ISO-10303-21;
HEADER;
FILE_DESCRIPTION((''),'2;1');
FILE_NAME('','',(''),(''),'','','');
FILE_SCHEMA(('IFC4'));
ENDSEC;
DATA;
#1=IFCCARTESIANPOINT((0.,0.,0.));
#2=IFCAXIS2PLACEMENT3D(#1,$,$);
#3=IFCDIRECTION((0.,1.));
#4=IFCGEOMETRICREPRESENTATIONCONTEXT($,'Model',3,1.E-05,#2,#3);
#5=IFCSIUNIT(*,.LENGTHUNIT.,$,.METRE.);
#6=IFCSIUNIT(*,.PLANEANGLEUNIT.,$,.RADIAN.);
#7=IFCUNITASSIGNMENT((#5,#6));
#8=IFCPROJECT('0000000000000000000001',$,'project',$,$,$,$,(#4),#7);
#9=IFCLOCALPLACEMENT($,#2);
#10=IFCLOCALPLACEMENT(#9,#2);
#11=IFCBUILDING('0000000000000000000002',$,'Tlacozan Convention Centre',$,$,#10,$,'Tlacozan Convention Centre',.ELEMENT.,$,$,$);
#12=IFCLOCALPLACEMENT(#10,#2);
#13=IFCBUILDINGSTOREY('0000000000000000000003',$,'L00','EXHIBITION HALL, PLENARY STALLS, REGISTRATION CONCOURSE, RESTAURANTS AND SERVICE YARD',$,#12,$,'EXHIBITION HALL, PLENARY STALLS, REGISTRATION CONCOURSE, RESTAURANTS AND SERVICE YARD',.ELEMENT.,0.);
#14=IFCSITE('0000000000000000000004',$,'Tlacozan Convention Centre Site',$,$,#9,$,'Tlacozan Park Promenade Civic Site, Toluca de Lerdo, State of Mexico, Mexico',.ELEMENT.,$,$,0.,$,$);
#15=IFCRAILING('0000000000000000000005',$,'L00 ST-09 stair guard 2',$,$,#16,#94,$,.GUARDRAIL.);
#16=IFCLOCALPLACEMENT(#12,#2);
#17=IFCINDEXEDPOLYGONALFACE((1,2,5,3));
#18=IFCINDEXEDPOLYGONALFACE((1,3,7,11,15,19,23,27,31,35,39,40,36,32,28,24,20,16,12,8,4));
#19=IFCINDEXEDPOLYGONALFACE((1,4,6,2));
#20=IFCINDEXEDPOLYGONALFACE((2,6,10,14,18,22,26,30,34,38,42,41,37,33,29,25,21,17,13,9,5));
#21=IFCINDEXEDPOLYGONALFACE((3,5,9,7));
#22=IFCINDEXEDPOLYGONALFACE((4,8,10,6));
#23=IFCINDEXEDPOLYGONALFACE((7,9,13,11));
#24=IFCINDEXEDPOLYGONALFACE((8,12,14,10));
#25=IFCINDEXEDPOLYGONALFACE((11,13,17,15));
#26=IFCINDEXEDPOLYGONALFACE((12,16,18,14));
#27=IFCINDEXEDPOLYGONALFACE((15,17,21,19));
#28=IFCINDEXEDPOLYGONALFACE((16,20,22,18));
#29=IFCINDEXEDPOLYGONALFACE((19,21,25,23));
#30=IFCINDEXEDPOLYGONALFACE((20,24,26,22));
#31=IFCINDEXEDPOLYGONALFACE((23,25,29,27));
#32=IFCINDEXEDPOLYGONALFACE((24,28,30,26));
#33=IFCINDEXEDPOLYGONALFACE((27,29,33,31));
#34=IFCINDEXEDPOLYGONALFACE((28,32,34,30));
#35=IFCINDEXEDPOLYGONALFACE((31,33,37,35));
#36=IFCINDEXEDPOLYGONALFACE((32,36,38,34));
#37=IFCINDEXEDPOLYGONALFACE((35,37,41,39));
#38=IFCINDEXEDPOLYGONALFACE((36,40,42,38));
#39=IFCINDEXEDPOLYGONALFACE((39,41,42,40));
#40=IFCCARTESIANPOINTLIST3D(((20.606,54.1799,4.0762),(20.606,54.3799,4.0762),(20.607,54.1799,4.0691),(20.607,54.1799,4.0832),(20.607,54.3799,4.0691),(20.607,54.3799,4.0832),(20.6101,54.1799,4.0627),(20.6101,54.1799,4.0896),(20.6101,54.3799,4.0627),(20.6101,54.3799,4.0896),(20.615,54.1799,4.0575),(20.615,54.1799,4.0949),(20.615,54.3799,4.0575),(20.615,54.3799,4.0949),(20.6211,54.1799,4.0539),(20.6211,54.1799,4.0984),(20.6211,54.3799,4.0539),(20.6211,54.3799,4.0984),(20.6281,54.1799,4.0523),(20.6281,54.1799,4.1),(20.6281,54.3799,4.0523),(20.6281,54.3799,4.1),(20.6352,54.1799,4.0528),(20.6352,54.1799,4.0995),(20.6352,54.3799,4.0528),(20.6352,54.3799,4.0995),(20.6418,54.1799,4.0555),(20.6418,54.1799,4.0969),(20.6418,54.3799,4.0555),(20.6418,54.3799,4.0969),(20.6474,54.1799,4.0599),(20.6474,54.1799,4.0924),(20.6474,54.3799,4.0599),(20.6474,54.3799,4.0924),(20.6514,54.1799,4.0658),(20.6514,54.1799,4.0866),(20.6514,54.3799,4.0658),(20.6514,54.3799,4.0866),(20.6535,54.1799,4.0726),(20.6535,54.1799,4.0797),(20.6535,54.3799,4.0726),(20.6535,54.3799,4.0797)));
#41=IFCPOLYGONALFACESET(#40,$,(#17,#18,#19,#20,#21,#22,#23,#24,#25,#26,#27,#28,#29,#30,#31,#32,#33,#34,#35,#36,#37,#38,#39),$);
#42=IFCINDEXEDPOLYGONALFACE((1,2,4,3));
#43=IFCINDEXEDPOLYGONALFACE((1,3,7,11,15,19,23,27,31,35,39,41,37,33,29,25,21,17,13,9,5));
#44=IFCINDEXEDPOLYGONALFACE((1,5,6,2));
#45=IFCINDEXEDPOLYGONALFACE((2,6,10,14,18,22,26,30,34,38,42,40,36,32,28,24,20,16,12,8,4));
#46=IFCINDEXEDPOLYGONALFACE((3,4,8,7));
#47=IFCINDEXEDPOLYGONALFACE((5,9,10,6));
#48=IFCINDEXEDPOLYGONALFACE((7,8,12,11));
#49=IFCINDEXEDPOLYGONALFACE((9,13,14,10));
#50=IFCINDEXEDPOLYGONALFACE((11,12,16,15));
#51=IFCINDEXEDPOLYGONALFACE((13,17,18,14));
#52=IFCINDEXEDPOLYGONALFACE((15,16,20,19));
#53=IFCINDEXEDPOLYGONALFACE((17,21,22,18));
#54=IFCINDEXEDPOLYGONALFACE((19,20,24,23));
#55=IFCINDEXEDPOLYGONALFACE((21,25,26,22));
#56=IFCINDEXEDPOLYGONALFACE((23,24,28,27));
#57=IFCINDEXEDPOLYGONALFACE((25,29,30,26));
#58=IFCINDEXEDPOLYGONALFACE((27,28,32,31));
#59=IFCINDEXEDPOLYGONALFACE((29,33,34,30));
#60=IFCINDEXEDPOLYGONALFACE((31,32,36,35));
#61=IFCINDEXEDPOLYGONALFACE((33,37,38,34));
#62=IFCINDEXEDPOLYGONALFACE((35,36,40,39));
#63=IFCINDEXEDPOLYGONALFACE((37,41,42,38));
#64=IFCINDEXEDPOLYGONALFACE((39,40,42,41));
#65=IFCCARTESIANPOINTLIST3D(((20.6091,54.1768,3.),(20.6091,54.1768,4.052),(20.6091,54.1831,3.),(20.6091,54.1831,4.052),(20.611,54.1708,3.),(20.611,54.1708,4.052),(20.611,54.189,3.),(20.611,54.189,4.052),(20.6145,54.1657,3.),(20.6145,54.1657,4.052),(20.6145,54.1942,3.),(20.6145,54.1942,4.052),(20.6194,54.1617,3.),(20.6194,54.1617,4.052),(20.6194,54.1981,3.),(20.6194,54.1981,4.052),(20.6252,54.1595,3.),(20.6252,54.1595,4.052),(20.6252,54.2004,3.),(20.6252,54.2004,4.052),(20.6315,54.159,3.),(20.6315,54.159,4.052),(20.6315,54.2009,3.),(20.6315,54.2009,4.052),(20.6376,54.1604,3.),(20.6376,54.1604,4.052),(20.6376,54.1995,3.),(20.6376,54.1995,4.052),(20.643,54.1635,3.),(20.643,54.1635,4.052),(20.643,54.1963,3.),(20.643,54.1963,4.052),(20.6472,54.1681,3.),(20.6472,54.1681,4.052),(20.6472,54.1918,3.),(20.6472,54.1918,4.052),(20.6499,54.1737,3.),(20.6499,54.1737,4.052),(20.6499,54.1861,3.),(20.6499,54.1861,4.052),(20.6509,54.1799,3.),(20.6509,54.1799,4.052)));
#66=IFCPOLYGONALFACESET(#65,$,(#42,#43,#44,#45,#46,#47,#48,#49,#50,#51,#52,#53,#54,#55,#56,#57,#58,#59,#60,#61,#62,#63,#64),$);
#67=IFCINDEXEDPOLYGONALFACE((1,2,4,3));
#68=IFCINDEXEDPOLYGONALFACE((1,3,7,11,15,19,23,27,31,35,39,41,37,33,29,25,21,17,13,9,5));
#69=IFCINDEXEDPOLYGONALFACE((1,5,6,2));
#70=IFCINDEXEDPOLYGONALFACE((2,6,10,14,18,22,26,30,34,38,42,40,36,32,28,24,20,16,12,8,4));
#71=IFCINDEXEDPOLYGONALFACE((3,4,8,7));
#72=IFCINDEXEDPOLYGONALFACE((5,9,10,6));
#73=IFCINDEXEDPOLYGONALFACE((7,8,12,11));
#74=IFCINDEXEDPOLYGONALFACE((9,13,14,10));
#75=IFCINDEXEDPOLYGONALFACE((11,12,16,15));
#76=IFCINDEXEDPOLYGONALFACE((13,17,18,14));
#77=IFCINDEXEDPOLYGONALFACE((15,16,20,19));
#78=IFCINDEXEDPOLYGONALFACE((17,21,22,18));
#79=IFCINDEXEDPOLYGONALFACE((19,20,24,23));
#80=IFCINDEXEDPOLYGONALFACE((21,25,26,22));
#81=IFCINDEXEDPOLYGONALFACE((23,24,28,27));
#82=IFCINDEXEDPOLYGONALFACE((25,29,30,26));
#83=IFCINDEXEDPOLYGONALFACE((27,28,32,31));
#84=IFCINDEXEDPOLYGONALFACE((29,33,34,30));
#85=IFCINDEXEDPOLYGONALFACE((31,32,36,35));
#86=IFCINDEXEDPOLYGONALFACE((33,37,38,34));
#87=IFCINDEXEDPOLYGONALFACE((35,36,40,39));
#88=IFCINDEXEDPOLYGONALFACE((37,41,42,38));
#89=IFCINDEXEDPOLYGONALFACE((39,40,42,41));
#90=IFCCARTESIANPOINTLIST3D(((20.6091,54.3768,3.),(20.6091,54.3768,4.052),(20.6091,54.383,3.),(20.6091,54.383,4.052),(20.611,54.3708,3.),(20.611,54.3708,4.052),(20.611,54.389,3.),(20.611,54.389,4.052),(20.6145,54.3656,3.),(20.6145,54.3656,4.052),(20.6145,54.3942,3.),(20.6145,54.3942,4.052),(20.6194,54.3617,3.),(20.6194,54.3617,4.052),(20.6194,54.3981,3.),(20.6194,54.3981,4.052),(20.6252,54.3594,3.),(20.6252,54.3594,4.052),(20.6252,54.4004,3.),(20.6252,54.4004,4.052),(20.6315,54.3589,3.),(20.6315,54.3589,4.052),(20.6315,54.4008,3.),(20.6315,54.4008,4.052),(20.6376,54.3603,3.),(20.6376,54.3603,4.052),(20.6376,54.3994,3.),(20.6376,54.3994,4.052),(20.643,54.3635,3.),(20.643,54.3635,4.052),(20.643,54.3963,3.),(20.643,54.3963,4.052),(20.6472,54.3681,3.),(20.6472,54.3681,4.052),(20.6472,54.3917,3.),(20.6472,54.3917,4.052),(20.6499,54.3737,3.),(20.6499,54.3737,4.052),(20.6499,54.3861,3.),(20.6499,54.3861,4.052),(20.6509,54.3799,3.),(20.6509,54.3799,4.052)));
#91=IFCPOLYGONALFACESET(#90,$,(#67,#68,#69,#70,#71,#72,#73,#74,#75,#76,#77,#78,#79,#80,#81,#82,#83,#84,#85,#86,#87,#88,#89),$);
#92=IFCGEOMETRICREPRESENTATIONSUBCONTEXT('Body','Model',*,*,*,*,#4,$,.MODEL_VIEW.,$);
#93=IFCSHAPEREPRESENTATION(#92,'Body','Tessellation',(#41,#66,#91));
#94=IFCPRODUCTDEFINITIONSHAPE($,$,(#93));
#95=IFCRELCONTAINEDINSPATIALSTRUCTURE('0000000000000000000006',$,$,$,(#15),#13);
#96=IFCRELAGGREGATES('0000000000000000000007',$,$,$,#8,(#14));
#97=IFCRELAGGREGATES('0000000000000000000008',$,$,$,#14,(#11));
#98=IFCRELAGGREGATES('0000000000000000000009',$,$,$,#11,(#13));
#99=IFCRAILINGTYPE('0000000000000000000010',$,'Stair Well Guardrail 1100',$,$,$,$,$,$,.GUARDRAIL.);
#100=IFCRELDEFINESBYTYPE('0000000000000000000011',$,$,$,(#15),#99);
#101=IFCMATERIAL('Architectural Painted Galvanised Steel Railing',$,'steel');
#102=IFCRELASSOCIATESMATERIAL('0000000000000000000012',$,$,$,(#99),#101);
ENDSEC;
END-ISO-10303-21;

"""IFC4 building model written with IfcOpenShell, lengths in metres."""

from ifc_helpers import new_model, si_unit, direction, frame, origin, origin_2d, place, context, subcontext, project, spatial, circle, extrude, material, type_object, element, save


model = new_model("IFC4")

# Units and contexts
model_context = context("Model", 3, precision=1e-05, world=origin(), true_north=direction((0.0, 1.0)))
body_context = subcontext(model_context, "Body", "Model", "MODEL_VIEW")
ifc_project = project(units=[si_unit("LENGTHUNIT", "METRE"), si_unit("PLANEANGLEUNIT", "RADIAN")], contexts=[model_context])

# Site, building, storey
site_placement = place(None, origin())
site = spatial("IfcSite", under=ifc_project, at=site_placement, Name="Tlacozan Convention Centre Site", LongName="Tlacozan Park Promenade Civic Site, Toluca de Lerdo, State of Mexico, Mexico", CompositionType="ELEMENT", RefElevation=0.0)
building_placement = place(site_placement, origin())
building = spatial("IfcBuilding", under=site, at=building_placement, Name="Tlacozan Convention Centre", LongName="Tlacozan Convention Centre", CompositionType="ELEMENT")
storey_placement = place(building_placement, origin())
storey = spatial("IfcBuildingStorey", under=building, at=storey_placement, Name="L00", Description="EXHIBITION HALL, PLENARY STALLS, REGISTRATION CONCOURSE, RESTAURANTS AND SERVICE YARD", LongName="EXHIBITION HALL, PLENARY STALLS, REGISTRATION CONCOURSE, RESTAURANTS AND SERVICE YARD", CompositionType="ELEMENT", Elevation=0.0)

# Railing
ifc_material_1 = material(Name="Architectural Painted Galvanised Steel Railing", Category="steel")
railing_type_1 = type_object("IfcRailingType", Name="Stair Well Guardrail 1100", PredefinedType="GUARDRAIL", material=ifc_material_1)
railing_1_placement = place(storey_placement, frame((20.6299, 54.1799, 3.0)))
element("IfcRailing", 1, at=railing_1_placement, inside=storey, type_object=railing_type_1, Name="L00 ST-09 stair guard 2", PredefinedType="GUARDRAIL", context=body_context, shape_type="SweptSolid", body=[
    extrude(circle(Radius=0.0239, at=origin_2d()), frame((0.0, 0.0, 1.0762), z_axis=(0.0, 1.0, 0.0), x_axis=(-1.0, 0.0, 0.0)), (0.0, 0.0, 1.0), 0.2),
    extrude(circle(Radius=0.021, at=origin_2d()), origin(), (0.0, 0.0, 1.0), 1.052),
    extrude(circle(Radius=0.021, at=origin_2d()), frame((0.0, 0.2, 0.0)), (0.0, 0.0, 1.0), 1.052),
])

save(model, "model.ifc")
